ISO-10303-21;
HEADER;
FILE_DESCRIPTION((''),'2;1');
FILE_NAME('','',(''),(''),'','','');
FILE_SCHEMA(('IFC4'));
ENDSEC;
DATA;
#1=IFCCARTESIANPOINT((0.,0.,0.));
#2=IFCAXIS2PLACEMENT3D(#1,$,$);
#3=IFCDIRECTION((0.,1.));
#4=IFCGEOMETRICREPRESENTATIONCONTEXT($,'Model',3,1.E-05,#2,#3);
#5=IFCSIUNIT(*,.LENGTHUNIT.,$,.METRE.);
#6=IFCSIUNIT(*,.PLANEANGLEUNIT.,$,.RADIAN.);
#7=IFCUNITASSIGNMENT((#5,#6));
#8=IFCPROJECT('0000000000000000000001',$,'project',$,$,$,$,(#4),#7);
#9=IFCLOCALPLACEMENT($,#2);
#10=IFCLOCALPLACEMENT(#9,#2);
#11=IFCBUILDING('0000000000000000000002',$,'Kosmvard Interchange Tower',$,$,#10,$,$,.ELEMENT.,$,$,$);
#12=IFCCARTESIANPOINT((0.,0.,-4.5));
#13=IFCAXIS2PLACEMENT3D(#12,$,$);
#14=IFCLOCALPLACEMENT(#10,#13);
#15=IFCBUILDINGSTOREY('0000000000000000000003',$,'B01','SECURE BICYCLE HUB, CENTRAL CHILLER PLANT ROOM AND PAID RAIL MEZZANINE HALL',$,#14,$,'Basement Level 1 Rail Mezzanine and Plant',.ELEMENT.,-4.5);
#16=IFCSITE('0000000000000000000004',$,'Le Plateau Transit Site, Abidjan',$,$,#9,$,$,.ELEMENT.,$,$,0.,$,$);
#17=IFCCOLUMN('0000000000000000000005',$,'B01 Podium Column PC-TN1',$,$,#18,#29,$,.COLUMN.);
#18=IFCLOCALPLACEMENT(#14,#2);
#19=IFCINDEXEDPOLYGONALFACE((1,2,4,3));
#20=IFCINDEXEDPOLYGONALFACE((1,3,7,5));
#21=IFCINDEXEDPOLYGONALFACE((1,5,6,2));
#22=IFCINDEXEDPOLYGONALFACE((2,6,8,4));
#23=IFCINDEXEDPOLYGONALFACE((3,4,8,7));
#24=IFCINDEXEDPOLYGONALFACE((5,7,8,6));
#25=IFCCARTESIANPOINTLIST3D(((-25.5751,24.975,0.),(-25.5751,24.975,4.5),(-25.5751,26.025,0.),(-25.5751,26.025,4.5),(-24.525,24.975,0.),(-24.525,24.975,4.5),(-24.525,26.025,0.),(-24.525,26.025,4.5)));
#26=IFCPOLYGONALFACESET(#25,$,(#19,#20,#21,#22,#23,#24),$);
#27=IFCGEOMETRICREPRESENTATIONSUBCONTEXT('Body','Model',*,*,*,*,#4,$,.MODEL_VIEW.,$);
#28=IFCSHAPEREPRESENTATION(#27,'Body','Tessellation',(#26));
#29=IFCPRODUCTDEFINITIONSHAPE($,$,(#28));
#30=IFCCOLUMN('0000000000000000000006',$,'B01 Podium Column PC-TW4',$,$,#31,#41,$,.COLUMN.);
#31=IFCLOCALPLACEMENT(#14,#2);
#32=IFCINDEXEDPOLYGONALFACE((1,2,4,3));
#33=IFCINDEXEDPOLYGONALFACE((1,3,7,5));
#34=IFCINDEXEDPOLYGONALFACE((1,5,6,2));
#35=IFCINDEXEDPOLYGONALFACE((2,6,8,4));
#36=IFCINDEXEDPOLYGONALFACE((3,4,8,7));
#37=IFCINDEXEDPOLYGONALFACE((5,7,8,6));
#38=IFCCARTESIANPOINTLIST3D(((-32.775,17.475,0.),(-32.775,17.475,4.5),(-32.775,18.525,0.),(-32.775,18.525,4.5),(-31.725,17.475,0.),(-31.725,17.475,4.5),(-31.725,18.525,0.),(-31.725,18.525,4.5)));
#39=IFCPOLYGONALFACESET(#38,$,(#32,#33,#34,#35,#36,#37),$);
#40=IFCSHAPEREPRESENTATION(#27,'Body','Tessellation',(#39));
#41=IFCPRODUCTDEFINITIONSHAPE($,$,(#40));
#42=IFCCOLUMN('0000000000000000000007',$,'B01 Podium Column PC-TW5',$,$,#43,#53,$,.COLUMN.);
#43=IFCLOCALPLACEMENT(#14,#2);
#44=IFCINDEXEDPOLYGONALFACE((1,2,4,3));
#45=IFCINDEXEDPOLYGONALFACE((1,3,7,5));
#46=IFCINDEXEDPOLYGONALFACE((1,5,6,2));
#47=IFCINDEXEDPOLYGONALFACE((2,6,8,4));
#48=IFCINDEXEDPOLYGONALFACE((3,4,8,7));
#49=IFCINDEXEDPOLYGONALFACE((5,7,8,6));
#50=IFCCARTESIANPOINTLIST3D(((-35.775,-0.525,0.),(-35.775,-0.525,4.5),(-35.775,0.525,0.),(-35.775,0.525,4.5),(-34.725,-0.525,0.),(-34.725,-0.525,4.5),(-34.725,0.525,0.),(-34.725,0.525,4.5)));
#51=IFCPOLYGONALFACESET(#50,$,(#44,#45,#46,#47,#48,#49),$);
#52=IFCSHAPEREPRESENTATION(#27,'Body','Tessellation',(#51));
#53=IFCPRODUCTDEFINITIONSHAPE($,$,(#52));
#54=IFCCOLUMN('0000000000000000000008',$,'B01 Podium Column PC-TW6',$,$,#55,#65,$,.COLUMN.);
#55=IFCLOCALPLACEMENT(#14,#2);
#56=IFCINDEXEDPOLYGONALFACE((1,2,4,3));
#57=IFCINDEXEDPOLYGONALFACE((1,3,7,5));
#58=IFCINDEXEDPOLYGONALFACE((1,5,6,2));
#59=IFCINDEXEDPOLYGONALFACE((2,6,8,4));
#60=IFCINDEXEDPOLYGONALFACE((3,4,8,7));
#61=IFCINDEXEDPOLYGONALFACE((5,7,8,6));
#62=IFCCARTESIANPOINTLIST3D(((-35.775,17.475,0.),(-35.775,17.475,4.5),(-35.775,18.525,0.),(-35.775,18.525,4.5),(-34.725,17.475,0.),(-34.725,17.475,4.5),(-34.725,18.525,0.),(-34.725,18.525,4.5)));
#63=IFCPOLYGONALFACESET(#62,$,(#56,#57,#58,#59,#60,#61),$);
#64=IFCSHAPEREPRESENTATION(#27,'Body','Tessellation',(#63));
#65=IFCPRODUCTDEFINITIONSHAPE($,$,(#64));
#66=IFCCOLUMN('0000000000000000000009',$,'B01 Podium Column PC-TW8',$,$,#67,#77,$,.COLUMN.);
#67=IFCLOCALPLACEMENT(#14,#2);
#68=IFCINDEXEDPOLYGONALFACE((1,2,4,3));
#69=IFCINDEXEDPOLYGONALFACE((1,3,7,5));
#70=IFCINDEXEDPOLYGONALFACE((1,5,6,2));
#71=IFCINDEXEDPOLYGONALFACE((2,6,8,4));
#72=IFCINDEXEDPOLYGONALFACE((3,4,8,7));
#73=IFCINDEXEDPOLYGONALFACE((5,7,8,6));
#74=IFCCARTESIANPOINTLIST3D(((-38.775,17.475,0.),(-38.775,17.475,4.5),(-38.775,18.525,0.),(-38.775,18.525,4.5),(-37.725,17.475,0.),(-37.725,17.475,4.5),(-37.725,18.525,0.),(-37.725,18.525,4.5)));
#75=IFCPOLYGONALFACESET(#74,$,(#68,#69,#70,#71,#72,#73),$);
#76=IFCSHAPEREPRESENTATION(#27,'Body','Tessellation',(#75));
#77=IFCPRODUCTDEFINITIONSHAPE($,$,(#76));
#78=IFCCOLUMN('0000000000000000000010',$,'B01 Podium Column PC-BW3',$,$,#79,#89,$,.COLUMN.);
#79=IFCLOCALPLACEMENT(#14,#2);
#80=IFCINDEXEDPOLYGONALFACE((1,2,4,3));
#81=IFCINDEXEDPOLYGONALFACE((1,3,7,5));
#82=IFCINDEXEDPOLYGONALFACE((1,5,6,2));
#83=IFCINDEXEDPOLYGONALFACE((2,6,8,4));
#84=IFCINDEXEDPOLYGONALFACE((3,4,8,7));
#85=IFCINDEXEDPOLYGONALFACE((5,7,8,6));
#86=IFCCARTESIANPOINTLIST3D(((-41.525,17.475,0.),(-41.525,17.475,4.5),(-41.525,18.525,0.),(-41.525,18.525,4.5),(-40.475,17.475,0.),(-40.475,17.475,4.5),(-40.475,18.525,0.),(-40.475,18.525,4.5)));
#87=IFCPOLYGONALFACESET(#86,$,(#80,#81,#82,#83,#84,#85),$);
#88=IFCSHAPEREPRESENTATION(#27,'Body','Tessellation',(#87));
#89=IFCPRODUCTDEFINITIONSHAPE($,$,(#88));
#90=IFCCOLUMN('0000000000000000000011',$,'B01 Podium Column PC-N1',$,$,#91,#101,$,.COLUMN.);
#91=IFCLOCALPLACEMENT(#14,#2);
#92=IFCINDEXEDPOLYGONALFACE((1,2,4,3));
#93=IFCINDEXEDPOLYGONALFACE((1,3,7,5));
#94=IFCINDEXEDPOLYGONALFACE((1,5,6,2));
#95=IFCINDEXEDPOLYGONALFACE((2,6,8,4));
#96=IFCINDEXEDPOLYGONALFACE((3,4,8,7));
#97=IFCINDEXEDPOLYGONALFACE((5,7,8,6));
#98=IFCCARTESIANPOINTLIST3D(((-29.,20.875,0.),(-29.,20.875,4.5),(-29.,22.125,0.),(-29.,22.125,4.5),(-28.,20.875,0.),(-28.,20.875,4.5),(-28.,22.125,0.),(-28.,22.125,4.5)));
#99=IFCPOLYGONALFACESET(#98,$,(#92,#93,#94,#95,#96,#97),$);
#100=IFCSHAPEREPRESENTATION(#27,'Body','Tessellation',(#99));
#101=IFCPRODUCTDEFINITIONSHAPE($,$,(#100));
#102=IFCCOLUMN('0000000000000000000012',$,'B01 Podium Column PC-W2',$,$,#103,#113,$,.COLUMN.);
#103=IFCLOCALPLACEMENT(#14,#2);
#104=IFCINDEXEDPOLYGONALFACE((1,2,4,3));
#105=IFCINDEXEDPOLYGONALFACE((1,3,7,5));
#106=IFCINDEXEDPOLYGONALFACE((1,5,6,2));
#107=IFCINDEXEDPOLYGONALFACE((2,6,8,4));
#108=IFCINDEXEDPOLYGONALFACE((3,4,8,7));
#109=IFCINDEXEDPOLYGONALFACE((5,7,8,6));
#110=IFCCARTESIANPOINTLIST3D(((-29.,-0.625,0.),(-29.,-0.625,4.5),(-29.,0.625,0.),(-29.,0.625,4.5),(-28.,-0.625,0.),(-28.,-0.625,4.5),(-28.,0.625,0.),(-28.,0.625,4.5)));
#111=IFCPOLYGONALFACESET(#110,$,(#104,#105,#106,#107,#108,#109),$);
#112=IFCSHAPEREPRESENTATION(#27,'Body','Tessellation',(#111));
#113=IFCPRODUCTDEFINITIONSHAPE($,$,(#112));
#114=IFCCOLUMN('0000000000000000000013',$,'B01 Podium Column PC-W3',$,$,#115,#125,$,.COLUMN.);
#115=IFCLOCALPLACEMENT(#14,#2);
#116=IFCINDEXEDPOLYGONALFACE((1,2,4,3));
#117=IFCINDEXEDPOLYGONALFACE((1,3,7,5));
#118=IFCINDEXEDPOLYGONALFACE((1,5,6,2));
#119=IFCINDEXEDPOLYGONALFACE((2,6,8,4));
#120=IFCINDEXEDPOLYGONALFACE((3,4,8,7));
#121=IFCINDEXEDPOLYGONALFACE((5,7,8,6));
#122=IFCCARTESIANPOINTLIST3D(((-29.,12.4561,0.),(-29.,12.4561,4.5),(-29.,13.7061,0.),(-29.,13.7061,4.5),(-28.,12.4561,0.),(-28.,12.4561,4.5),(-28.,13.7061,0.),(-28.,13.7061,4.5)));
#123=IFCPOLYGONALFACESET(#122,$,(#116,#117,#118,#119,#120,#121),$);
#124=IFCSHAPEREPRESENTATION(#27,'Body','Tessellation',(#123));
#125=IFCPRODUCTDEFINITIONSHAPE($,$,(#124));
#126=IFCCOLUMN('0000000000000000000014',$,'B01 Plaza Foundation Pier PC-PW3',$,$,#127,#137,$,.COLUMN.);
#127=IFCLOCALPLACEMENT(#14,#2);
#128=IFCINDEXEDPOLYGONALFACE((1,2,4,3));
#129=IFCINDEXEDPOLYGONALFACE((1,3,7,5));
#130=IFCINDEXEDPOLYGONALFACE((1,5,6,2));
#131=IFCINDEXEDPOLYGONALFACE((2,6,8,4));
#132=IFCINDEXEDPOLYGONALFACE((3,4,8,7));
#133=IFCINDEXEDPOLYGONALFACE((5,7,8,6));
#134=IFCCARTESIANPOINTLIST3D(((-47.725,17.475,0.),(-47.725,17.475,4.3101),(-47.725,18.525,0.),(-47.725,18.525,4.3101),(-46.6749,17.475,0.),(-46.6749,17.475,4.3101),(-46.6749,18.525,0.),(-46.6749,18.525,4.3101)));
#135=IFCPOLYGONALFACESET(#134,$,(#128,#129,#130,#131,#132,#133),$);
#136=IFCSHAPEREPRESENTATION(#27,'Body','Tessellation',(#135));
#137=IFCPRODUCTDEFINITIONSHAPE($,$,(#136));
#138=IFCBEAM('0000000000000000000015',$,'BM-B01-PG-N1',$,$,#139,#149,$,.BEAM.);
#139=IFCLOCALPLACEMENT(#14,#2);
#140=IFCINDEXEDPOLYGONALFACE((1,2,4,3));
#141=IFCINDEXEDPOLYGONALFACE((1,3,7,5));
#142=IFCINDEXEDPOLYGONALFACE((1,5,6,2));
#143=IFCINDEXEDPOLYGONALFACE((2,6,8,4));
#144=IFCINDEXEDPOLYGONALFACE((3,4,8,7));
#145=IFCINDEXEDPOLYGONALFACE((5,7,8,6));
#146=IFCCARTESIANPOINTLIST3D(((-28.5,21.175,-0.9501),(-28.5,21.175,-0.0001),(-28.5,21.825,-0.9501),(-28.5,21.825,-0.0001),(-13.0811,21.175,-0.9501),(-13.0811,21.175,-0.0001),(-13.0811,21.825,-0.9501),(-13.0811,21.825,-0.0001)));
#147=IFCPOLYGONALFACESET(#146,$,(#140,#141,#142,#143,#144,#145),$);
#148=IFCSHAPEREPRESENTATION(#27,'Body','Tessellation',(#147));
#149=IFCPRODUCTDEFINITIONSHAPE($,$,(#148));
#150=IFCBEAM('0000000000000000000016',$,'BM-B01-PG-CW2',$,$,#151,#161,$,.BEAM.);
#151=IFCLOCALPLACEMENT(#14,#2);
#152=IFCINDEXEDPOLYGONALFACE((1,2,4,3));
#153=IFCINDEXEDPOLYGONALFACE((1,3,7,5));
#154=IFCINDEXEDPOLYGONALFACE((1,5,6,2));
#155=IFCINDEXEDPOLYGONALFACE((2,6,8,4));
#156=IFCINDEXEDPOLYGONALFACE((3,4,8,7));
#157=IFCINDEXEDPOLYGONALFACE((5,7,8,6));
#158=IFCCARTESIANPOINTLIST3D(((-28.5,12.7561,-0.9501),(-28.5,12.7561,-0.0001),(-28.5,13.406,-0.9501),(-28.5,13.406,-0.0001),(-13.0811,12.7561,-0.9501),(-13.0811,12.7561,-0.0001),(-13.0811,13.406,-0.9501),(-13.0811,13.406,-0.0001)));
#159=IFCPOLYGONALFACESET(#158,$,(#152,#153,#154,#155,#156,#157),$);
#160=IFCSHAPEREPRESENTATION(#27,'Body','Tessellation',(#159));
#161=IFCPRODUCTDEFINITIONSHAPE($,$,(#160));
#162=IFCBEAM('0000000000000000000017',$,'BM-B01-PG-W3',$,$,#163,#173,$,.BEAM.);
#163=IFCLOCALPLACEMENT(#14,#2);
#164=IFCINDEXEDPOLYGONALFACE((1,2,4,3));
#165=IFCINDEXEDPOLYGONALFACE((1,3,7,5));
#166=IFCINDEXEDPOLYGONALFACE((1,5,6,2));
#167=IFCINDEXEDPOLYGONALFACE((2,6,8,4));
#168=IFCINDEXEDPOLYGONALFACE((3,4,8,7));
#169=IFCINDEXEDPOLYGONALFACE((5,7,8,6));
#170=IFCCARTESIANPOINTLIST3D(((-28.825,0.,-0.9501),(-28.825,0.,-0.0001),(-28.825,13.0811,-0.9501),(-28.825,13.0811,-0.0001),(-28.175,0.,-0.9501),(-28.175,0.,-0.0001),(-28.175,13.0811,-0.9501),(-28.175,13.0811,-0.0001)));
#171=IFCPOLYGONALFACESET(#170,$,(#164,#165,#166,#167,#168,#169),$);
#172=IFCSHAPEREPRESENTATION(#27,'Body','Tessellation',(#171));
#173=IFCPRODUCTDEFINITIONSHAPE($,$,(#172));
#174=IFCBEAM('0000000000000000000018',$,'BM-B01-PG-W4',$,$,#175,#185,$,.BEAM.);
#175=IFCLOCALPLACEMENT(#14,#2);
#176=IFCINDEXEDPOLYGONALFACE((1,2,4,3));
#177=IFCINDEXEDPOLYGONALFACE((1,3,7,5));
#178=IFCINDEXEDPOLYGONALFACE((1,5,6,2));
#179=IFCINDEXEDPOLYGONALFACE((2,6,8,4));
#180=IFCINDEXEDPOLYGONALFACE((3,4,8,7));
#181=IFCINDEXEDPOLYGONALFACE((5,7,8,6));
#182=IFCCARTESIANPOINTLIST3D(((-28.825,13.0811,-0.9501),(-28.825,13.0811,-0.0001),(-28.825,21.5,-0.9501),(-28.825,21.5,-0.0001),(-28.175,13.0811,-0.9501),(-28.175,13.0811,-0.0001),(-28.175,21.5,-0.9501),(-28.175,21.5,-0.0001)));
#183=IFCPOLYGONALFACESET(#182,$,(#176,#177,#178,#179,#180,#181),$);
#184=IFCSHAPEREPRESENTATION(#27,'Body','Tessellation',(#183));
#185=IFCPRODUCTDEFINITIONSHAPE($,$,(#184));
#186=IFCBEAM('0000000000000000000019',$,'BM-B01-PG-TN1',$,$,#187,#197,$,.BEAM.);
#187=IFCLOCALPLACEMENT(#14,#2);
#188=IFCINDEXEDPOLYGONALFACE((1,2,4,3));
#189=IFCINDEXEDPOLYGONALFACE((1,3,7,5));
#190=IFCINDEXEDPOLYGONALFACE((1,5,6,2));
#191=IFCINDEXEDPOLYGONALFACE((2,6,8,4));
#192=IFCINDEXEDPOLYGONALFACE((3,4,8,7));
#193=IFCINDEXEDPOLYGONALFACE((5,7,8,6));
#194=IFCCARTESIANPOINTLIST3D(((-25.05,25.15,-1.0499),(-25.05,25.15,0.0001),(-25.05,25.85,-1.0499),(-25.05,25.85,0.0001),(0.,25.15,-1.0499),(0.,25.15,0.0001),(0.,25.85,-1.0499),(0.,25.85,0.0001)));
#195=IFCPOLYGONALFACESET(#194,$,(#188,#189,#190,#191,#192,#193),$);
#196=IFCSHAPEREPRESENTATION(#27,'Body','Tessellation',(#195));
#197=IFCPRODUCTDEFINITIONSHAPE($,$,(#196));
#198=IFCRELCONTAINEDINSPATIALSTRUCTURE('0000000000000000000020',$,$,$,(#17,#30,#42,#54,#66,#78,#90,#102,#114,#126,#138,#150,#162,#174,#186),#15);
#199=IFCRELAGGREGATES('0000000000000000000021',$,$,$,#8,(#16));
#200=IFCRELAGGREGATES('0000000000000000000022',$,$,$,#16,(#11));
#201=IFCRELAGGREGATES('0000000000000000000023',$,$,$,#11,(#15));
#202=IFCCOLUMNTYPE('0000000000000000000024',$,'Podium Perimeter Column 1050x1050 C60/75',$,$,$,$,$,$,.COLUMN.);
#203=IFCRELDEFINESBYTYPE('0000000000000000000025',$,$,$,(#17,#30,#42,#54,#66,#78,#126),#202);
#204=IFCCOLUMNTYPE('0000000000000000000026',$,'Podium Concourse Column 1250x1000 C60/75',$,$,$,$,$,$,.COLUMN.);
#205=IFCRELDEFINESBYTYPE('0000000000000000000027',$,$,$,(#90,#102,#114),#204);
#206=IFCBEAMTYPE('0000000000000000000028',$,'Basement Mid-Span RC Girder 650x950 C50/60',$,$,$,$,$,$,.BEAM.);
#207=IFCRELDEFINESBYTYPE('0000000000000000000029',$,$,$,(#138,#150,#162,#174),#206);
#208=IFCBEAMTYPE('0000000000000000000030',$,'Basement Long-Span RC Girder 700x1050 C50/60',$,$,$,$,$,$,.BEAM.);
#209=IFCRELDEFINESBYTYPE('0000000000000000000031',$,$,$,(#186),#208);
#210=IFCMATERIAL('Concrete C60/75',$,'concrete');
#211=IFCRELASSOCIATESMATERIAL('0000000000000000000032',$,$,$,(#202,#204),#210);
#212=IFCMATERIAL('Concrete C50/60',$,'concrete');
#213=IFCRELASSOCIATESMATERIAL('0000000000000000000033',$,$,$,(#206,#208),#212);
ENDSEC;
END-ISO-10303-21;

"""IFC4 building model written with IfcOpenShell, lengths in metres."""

from ifc_helpers import new_model, si_unit, direction, frame, origin, origin_2d, place, context, subcontext, project, spatial, rectangle, extrude, source, transform, mapped, material, material_profile, profile_set, type_object, element, save


model = new_model("IFC4")

# Units and contexts
model_context = context("Model", 3, precision=1e-05, world=origin(), true_north=direction((0.0, 1.0)))
body_context = subcontext(model_context, "Body", "Model", "MODEL_VIEW")
ifc_project = project(units=[si_unit("LENGTHUNIT", "METRE"), si_unit("PLANEANGLEUNIT", "RADIAN")], contexts=[model_context])

# Site, building, storey
site_placement = place(None, origin())
site = spatial("IfcSite", under=ifc_project, at=site_placement, Name="Le Plateau Transit Site, Abidjan", CompositionType="ELEMENT", RefElevation=0.0)
building_placement = place(site_placement, origin())
building = spatial("IfcBuilding", under=site, at=building_placement, Name="Kosmvard Interchange Tower", CompositionType="ELEMENT")
storey_placement = place(building_placement, frame((0.0, 0.0, -4.5)))
storey = spatial("IfcBuildingStorey", under=building, at=storey_placement, Name="B01", Description="SECURE BICYCLE HUB, CENTRAL CHILLER PLANT ROOM AND PAID RAIL MEZZANINE HALL", LongName="Basement Level 1 Rail Mezzanine and Plant", CompositionType="ELEMENT", Elevation=-4.5)

# Columns
ifc_material_1 = material(Name="Concrete C60/75", Category="concrete")
ifc_material_profile_1 = material_profile(ifc_material_1, rectangle(XDim=1.05, YDim=1.05, at=origin_2d()), Name="PC 1050x1050")
ifc_profile_set_1 = profile_set([ifc_material_profile_1], Name="Concrete C60/75")
column_type_1 = type_object("IfcColumnType", Name="Podium Perimeter Column 1050x1050 C60/75", PredefinedType="COLUMN", material=ifc_profile_set_1)
shared_shape_1 = source(origin(), body_context, "Body", "SweptSolid", [
    extrude(rectangle(XDim=1.05, YDim=1.05, at=origin_2d()), origin(), (0.0, 0.0, 1.0), 4.5),
])
for number, where, z_axis, x_axis, name in (
    (1, (-25.05, 25.5, 0.0), (0.0, 0.0, 1.0), (1.0, 0.0, 0.0), "B01 Podium Column PC-TN1"),
    (2, (-32.25, 18.0, 0.0), (0.0, 0.0, 1.0), (1.0, 0.0, 0.0), "B01 Podium Column PC-TW4"),
    (3, (-35.25, 0.0, 0.0), (0.0, 0.0, 1.0), (1.0, 0.0, 0.0), "B01 Podium Column PC-TW5"),
    (4, (-35.25, 18.0, 0.0), (0.0, 0.0, 1.0), (1.0, 0.0, 0.0), "B01 Podium Column PC-TW6"),
    (5, (-38.25, 18.0, 0.0), (0.0, 0.0, 1.0), (1.0, 0.0, 0.0), "B01 Podium Column PC-TW8"),
    (6, (-41.0, 18.0, 0.0), (0.0, 0.0, 1.0), (1.0, 0.0, 0.0), "B01 Podium Column PC-BW3"),
):
    element("IfcColumn", number, at=place(storey_placement, frame(where, z_axis=z_axis, x_axis=x_axis)), inside=storey, type_object=column_type_1, Name=name, PredefinedType="COLUMN", context=body_context, shape_type="MappedRepresentation", body=[
        mapped(shared_shape_1, transform((0.0, 0.0, 0.0), scale=1.0)),
    ])
ifc_material_profile_2 = material_profile(ifc_material_1, rectangle(XDim=1.0, YDim=1.25, at=origin_2d()), Name="PC 1250x1000")
ifc_profile_set_2 = profile_set([ifc_material_profile_2], Name="Concrete C60/75")
column_type_2 = type_object("IfcColumnType", Name="Podium Concourse Column 1250x1000 C60/75", PredefinedType="COLUMN", material=ifc_profile_set_2)
shared_shape_2 = source(origin(), body_context, "Body", "SweptSolid", [
    extrude(rectangle(XDim=1.0, YDim=1.25, at=origin_2d()), origin(), (0.0, 0.0, 1.0), 4.5),
])
for number, where, z_axis, x_axis, name in (
    (7, (-28.5, 21.5, 0.0), (0.0, 0.0, 1.0), (1.0, 0.0, 0.0), "B01 Podium Column PC-N1"),
    (8, (-28.5, 0.0, 0.0), (0.0, 0.0, 1.0), (1.0, 0.0, 0.0), "B01 Podium Column PC-W2"),
    (9, (-28.5, 13.0811, 0.0), (0.0, 0.0, 1.0), (1.0, 0.0, 0.0), "B01 Podium Column PC-W3"),
):
    element("IfcColumn", number, at=place(storey_placement, frame(where, z_axis=z_axis, x_axis=x_axis)), inside=storey, type_object=column_type_2, Name=name, PredefinedType="COLUMN", context=body_context, shape_type="MappedRepresentation", body=[
        mapped(shared_shape_2, transform((0.0, 0.0, 0.0), scale=1.0)),
    ])
shared_shape_3 = source(origin(), body_context, "Body", "SweptSolid", [
    extrude(rectangle(XDim=1.05, YDim=1.05, at=origin_2d()), origin(), (0.0, 0.0, 1.0), 4.3101),
])
column_placement = place(storey_placement, frame((-47.2, 18.0, 0.0), z_axis=(0.0, 0.0, 1.0), x_axis=(1.0, 0.0, 0.0)))
element("IfcColumn", 10, at=column_placement, inside=storey, type_object=column_type_1, Name="B01 Plaza Foundation Pier PC-PW3", PredefinedType="COLUMN", context=body_context, shape_type="MappedRepresentation", body=[
    mapped(shared_shape_3, transform((0.0, 0.0, 0.0), scale=1.0)),
])

# Beams
ifc_material_2 = material(Name="Concrete C50/60", Category="concrete")
ifc_material_profile_3 = material_profile(ifc_material_2, rectangle(XDim=0.6499, YDim=0.95, at=origin_2d()), Name="RCG 650x950")
ifc_profile_set_3 = profile_set([ifc_material_profile_3], Name="Concrete C50/60")
beam_type_1 = type_object("IfcBeamType", Name="Basement Mid-Span RC Girder 650x950 C50/60", PredefinedType="BEAM", material=ifc_profile_set_3)
shared_shape_4 = source(origin(), body_context, "Body", "SweptSolid", [
    extrude(rectangle(XDim=0.6499, YDim=0.95, at=origin_2d()), origin(), (0.0, 0.0, 1.0), 15.4189),
])
for number, where, z_axis, x_axis, name in (
    (11, (-28.5, 21.5, -0.4751), (1.0, 0.0, 0.0), (0.0, 1.0, 0.0), "BM-B01-PG-N1"),
    (12, (-28.5, 13.0811, -0.4751), (1.0, 0.0, 0.0), (0.0, 1.0, 0.0), "BM-B01-PG-CW2"),
):
    element("IfcBeam", number, at=place(storey_placement, frame(where, z_axis=z_axis, x_axis=x_axis)), inside=storey, type_object=beam_type_1, Name=name, PredefinedType="BEAM", context=body_context, shape_type="MappedRepresentation", body=[
        mapped(shared_shape_4, transform((0.0, 0.0, 0.0), scale=1.0)),
    ])
shared_shape_5 = source(origin(), body_context, "Body", "SweptSolid", [
    extrude(rectangle(XDim=0.6499, YDim=0.95, at=origin_2d()), origin(), (0.0, 0.0, 1.0), 13.0811),
])
beam_1_placement = place(storey_placement, frame((-28.5, 0.0, -0.4751), z_axis=(0.0, 1.0, 0.0), x_axis=(-1.0, 0.0, 0.0)))
element("IfcBeam", 13, at=beam_1_placement, inside=storey, type_object=beam_type_1, Name="BM-B01-PG-W3", PredefinedType="BEAM", context=body_context, shape_type="MappedRepresentation", body=[
    mapped(shared_shape_5, transform((0.0, 0.0, 0.0), scale=1.0)),
])
shared_shape_6 = source(origin(), body_context, "Body", "SweptSolid", [
    extrude(rectangle(XDim=0.6499, YDim=0.95, at=origin_2d()), origin(), (0.0, 0.0, 1.0), 8.4189),
])
beam_2_placement = place(storey_placement, frame((-28.5, 13.0811, -0.4751), z_axis=(0.0, 1.0, 0.0), x_axis=(-1.0, 0.0, 0.0)))
element("IfcBeam", 14, at=beam_2_placement, inside=storey, type_object=beam_type_1, Name="BM-B01-PG-W4", PredefinedType="BEAM", context=body_context, shape_type="MappedRepresentation", body=[
    mapped(shared_shape_6, transform((0.0, 0.0, 0.0), scale=1.0)),
])
ifc_material_profile_4 = material_profile(ifc_material_2, rectangle(XDim=0.7, YDim=1.05, at=origin_2d()), Name="RCG 700x1050")
ifc_profile_set_4 = profile_set([ifc_material_profile_4], Name="Concrete C50/60")
beam_type_2 = type_object("IfcBeamType", Name="Basement Long-Span RC Girder 700x1050 C50/60", PredefinedType="BEAM", material=ifc_profile_set_4)
shared_shape_7 = source(origin(), body_context, "Body", "SweptSolid", [
    extrude(rectangle(XDim=0.7, YDim=1.05, at=origin_2d()), origin(), (0.0, 0.0, 1.0), 25.05),
])
beam_3_placement = place(storey_placement, frame((-25.05, 25.5, -0.5249), z_axis=(1.0, 0.0, 0.0), x_axis=(0.0, 1.0, 0.0)))
element("IfcBeam", 15, at=beam_3_placement, inside=storey, type_object=beam_type_2, Name="BM-B01-PG-TN1", PredefinedType="BEAM", context=body_context, shape_type="MappedRepresentation", body=[
    mapped(shared_shape_7, transform((0.0, 0.0, 0.0), scale=1.0)),
])

save(model, "model.ifc")
